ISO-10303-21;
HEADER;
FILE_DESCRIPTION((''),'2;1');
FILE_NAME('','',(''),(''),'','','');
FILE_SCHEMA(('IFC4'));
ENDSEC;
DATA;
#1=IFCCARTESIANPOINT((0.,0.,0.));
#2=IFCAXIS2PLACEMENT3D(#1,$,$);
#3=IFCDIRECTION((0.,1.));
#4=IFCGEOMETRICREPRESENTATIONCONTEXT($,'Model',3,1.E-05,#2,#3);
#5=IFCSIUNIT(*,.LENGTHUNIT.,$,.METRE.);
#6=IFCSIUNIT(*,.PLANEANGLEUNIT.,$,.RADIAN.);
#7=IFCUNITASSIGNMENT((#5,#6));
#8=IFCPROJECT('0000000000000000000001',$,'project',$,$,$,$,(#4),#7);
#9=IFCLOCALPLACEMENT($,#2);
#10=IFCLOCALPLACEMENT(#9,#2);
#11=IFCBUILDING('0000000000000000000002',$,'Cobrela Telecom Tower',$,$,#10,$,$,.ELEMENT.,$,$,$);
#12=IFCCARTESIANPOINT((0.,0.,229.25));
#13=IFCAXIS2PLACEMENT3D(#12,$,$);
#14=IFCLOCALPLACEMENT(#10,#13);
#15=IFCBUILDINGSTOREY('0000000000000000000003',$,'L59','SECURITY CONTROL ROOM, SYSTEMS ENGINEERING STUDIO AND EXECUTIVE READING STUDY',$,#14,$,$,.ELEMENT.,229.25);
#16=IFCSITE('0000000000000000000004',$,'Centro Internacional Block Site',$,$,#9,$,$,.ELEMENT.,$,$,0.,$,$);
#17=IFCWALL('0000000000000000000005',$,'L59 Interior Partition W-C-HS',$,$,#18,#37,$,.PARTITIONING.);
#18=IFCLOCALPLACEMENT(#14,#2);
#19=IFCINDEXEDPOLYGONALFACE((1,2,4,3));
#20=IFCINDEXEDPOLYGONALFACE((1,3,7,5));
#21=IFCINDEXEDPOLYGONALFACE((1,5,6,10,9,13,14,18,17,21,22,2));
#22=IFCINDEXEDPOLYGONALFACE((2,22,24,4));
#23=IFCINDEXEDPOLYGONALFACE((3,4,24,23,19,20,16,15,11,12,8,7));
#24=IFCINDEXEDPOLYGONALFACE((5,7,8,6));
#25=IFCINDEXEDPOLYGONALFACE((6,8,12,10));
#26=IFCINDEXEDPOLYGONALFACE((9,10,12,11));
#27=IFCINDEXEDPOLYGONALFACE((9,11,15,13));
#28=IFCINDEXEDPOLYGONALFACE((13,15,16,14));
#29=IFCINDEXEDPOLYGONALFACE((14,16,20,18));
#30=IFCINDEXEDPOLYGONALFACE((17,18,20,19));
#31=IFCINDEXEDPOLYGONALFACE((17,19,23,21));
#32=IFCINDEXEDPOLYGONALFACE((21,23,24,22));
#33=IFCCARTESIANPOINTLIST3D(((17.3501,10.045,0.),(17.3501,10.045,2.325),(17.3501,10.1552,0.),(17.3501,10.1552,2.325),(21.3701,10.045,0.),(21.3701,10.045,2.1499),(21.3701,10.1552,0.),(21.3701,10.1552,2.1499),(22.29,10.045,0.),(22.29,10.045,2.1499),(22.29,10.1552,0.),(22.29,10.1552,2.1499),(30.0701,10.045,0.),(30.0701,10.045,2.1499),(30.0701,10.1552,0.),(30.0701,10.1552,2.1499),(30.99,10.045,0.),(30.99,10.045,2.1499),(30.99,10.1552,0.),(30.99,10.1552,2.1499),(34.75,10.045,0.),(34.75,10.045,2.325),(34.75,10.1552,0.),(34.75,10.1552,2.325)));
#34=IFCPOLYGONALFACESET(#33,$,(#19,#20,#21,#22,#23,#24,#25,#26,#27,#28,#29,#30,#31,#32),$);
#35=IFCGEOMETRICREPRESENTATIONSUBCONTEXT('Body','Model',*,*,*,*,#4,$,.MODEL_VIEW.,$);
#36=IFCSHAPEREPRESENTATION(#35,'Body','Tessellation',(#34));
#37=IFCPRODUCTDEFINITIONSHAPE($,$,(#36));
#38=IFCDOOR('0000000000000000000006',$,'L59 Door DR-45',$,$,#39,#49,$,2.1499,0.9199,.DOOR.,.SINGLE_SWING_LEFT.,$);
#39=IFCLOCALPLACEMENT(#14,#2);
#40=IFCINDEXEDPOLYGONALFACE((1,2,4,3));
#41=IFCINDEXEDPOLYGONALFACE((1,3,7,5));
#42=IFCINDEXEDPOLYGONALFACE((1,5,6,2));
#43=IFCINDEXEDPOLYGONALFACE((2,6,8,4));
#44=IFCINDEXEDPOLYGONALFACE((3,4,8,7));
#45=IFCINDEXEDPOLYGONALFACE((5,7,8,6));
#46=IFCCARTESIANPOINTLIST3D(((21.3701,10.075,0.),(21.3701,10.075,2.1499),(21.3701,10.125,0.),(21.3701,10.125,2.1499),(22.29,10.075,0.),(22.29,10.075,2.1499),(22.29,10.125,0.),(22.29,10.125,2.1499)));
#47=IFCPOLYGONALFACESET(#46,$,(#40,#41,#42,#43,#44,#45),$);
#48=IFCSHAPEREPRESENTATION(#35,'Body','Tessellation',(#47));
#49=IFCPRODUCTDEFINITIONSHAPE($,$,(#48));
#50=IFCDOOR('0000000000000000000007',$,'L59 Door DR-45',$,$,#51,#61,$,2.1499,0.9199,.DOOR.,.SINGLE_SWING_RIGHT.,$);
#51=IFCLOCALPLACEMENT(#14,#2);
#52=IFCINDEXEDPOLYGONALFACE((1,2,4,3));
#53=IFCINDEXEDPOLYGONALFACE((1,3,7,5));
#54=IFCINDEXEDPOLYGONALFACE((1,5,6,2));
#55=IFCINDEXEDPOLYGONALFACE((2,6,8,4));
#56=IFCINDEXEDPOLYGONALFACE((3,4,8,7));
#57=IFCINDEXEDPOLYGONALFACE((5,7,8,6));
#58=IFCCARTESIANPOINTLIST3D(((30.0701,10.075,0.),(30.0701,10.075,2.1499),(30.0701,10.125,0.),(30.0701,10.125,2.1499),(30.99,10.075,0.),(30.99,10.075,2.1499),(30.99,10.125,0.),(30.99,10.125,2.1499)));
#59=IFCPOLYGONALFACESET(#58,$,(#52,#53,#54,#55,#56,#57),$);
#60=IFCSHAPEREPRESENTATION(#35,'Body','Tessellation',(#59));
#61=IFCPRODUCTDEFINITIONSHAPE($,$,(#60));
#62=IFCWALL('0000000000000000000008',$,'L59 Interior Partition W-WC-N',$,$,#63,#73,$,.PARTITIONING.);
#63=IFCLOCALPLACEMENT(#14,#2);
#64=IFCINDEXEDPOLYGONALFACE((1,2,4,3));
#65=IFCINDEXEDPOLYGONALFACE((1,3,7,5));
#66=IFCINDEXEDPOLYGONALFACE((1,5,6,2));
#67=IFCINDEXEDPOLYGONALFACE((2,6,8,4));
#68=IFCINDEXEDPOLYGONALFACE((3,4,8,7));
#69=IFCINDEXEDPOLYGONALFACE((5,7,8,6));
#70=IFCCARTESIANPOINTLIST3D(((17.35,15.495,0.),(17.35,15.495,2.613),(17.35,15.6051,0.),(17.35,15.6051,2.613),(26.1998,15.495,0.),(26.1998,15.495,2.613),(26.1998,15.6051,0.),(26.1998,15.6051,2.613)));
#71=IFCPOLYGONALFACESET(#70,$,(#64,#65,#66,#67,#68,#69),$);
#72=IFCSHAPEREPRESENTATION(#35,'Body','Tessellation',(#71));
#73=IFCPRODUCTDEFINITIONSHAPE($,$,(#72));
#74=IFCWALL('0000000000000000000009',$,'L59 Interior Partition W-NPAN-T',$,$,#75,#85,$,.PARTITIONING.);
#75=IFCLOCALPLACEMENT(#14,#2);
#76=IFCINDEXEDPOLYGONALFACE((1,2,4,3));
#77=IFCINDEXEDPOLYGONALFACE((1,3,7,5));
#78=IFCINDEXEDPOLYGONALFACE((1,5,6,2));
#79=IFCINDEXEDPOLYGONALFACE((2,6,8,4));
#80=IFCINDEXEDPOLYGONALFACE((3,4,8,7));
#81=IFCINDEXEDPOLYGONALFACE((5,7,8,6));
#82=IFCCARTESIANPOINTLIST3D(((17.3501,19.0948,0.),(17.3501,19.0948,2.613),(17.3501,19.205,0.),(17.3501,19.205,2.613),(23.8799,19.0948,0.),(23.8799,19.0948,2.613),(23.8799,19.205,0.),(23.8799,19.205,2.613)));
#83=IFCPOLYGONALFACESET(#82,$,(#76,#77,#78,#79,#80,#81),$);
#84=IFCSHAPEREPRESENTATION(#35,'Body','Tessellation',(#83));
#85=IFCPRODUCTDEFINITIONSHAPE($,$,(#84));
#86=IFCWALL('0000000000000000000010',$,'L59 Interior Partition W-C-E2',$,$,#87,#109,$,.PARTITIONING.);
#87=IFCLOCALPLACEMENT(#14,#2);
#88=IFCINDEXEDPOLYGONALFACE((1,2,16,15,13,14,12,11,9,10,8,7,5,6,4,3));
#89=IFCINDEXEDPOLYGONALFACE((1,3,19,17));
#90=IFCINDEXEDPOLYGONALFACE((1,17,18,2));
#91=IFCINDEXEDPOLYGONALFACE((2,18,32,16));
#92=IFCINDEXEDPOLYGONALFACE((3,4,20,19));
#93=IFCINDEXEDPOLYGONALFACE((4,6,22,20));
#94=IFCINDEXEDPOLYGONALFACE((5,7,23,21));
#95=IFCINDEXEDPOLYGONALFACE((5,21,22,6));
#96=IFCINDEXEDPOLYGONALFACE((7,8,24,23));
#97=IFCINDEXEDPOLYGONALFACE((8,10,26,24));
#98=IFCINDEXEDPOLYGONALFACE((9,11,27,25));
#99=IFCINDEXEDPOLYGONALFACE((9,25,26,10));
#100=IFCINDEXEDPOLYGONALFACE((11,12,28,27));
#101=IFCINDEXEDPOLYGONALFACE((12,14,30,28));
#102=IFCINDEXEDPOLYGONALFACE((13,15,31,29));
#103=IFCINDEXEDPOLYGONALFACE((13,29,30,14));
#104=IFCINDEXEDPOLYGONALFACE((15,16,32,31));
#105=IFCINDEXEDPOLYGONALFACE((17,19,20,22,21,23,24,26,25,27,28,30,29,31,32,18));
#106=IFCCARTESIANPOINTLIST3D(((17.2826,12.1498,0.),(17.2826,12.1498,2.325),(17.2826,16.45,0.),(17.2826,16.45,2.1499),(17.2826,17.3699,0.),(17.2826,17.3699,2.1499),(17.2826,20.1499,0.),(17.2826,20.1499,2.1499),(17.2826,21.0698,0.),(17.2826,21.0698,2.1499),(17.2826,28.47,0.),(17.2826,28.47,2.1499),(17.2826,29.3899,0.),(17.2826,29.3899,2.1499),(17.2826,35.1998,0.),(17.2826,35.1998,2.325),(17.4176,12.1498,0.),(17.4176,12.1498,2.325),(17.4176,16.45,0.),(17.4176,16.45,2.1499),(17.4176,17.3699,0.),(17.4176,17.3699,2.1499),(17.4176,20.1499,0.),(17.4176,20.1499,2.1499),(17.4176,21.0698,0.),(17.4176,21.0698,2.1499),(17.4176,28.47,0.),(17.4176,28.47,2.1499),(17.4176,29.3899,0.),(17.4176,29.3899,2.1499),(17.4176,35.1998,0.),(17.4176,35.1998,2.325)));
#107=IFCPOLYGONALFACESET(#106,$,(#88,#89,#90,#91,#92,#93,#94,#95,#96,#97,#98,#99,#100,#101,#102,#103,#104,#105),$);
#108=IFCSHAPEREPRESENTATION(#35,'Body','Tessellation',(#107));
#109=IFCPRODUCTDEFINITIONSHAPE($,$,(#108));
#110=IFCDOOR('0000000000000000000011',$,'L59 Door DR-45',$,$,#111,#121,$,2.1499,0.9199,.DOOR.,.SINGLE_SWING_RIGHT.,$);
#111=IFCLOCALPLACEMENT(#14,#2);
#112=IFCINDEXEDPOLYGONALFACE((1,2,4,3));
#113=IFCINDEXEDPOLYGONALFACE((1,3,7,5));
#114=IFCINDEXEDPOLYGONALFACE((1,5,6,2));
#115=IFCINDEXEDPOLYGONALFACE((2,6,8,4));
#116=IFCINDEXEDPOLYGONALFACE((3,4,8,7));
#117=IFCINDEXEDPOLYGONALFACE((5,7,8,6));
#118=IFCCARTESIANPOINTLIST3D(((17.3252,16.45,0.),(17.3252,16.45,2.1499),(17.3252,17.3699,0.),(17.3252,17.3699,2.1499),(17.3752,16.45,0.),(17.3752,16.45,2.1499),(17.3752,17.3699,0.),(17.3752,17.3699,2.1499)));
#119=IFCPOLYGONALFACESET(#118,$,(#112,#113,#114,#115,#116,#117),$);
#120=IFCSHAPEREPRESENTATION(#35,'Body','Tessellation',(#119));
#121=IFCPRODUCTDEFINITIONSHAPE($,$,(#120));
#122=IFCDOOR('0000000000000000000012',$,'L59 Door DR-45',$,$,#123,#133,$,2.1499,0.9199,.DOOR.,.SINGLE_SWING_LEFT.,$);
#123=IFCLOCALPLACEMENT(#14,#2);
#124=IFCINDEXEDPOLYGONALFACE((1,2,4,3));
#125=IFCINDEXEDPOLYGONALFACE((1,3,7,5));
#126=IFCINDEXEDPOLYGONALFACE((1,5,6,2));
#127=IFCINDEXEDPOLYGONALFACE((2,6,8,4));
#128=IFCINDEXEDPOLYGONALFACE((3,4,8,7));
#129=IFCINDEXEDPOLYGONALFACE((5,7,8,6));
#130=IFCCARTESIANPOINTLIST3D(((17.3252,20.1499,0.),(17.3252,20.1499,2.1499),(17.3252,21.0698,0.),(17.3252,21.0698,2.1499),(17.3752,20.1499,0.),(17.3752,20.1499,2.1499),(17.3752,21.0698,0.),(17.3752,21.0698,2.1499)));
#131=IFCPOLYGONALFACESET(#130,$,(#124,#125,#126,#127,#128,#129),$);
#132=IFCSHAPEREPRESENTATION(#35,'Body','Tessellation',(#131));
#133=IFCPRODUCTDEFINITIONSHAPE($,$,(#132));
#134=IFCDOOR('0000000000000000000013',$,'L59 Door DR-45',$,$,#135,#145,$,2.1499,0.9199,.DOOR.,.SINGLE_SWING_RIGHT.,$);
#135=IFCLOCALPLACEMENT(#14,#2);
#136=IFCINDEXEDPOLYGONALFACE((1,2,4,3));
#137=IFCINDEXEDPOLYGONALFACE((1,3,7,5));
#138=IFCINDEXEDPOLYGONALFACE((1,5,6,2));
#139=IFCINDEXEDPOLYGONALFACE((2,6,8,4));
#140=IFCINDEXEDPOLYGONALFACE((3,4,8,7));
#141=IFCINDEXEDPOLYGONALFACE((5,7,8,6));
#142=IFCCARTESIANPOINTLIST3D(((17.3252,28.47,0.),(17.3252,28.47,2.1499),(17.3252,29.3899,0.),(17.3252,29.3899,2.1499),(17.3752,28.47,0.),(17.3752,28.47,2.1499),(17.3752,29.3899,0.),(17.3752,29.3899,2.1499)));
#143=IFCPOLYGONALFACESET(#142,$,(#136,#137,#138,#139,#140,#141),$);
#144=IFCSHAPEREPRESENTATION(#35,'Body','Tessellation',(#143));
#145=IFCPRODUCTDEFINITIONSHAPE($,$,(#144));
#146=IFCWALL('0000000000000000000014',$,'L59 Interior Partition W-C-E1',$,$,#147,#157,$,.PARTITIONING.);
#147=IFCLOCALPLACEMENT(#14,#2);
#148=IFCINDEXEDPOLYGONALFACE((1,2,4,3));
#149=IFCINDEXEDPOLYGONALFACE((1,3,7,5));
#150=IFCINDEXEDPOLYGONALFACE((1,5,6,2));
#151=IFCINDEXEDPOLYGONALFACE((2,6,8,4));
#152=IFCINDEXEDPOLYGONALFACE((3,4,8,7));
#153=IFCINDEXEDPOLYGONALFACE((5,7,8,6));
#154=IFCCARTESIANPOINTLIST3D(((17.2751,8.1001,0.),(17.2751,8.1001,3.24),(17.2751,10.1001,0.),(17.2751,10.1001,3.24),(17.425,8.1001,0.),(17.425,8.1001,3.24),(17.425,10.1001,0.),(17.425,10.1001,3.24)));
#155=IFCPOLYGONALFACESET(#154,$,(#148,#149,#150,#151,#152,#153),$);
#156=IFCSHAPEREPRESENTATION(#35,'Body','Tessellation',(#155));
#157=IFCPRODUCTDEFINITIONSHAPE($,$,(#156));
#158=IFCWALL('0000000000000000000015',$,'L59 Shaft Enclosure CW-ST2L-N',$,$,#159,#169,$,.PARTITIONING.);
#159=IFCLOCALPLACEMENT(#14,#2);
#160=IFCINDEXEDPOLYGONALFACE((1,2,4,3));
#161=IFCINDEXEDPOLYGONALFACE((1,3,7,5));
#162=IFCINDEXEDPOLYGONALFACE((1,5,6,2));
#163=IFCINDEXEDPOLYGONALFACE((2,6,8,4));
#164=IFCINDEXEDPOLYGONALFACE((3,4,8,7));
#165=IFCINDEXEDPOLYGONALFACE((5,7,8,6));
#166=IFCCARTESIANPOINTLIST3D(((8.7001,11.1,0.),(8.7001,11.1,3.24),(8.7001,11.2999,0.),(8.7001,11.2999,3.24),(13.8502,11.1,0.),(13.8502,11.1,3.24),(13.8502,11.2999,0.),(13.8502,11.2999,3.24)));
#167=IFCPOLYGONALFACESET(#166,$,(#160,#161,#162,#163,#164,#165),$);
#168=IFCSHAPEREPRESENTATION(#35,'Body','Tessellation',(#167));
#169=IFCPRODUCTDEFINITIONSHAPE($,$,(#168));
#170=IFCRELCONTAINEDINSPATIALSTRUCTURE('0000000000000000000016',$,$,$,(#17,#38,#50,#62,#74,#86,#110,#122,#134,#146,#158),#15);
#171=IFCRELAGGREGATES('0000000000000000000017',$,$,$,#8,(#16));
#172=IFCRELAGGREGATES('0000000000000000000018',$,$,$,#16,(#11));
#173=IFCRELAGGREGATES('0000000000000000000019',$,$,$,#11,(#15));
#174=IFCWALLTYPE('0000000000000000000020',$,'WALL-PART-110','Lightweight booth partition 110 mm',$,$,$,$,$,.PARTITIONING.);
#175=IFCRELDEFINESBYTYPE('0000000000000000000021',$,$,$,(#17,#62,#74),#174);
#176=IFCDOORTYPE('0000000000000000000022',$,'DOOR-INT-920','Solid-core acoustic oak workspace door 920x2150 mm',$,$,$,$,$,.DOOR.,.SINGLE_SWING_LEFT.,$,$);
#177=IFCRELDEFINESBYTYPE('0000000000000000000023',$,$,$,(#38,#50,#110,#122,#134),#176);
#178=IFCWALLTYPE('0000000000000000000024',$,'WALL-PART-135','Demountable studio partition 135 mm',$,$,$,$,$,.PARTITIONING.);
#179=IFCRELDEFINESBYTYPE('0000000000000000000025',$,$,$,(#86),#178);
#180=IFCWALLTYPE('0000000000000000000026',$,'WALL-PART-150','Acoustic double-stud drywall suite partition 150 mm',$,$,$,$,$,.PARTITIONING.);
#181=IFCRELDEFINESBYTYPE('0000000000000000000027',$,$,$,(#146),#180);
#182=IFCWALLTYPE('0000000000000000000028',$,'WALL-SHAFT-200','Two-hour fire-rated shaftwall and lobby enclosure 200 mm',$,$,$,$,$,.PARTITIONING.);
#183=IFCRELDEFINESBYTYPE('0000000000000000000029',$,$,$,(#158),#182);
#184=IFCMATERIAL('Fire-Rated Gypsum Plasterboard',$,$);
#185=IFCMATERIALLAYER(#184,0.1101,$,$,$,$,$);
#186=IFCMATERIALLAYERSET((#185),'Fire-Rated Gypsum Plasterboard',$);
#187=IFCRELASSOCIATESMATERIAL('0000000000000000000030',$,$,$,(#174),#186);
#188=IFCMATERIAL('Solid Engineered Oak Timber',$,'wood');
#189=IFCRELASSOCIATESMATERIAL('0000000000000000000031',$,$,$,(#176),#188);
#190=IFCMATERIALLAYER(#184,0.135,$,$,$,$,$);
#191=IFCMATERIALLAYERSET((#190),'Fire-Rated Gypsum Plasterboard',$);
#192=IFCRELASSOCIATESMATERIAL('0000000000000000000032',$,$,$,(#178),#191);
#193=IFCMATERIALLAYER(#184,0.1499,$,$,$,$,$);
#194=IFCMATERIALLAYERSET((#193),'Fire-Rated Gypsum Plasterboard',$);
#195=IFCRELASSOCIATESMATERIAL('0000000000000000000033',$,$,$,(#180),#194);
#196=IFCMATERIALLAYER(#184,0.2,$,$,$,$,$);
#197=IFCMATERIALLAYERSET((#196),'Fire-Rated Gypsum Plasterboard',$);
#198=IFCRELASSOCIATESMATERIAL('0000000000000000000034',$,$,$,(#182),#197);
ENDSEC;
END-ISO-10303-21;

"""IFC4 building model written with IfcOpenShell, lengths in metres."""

from ifc_helpers import new_model, si_unit, direction, frame, frame_2d, origin, place, context, subcontext, project, spatial, rectangle, extrude, material, layer, layer_set, type_object, element, fill, save


model = new_model("IFC4")

# Units and contexts
model_context = context("Model", 3, precision=1e-05, world=origin(), true_north=direction((0.0, 1.0)))
body_context = subcontext(model_context, "Body", "Model", "MODEL_VIEW")
ifc_project = project(units=[si_unit("LENGTHUNIT", "METRE"), si_unit("PLANEANGLEUNIT", "RADIAN")], contexts=[model_context])

# Site, building, storey
site_placement = place(None, origin())
site = spatial("IfcSite", under=ifc_project, at=site_placement, Name="Centro Internacional Block Site", CompositionType="ELEMENT", RefElevation=0.0)
building_placement = place(site_placement, origin())
building = spatial("IfcBuilding", under=site, at=building_placement, Name="Cobrela Telecom Tower", CompositionType="ELEMENT")
storey_placement = place(building_placement, frame((0.0, 0.0, 229.25)))
storey = spatial("IfcBuildingStorey", under=building, at=storey_placement, Name="L59", Description="SECURITY CONTROL ROOM, SYSTEMS ENGINEERING STUDIO AND EXECUTIVE READING STUDY", CompositionType="ELEMENT", Elevation=229.25)

# Wall, openings, doors
ifc_material_1 = material(Name="Fire-Rated Gypsum Plasterboard")
ifc_layer_1 = layer(ifc_material_1, 0.1101)
ifc_layer_set_1 = layer_set([ifc_layer_1], Name="Fire-Rated Gypsum Plasterboard")
wall_type_1 = type_object("IfcWallType", Name="WALL-PART-110", Description="Lightweight booth partition 110 mm", PredefinedType="PARTITIONING", material=ifc_layer_set_1)
wall_1_placement = place(storey_placement, frame((17.3501, 10.1001, 0.0), z_axis=(0.0, 0.0, 1.0), x_axis=(1.0, 0.0, 0.0)))
wall_1 = element("IfcWall", 1, at=wall_1_placement, inside=storey, type_object=wall_type_1, Name="L59 Interior Partition W-C-HS", PredefinedType="PARTITIONING", context=body_context, shape_type="SweptSolid", body=[
    extrude(rectangle(XDim=17.3999, YDim=0.1101, at=frame_2d((8.7, 0.0))), origin(), (0.0, 0.0, 1.0), 2.325),
])
opening_1_placement = place(wall_1_placement, frame((4.02, 0.0, 0.0)))
opening_1 = element("IfcOpeningElement", 2, at=opening_1_placement, cuts=wall_1, PredefinedType="OPENING", context=body_context, shape_type="SweptSolid", body=[
    extrude(rectangle(XDim=0.9199, YDim=2.1499, at=frame_2d((0.46, 1.075))), frame((0.0, 0.0669, 0.0), z_axis=(0.0, -1.0, 0.0), x_axis=(1.0, 0.0, 0.0)), (0.0, 0.0, 1.0), 0.134),
])
opening_2_placement = place(wall_1_placement, frame((12.72, 0.0, 0.0)))
opening_2 = element("IfcOpeningElement", 3, at=opening_2_placement, cuts=wall_1, PredefinedType="OPENING", context=body_context, shape_type="SweptSolid", body=[
    extrude(rectangle(XDim=0.9199, YDim=2.1499, at=frame_2d((0.46, 1.075))), frame((0.0, 0.0669, 0.0), z_axis=(0.0, -1.0, 0.0), x_axis=(1.0, 0.0, 0.0)), (0.0, 0.0, 1.0), 0.134),
])
ifc_material_2 = material(Name="Solid Engineered Oak Timber", Category="wood")
door_type_1 = type_object("IfcDoorType", Name="DOOR-INT-920", Description="Solid-core acoustic oak workspace door 920x2150 mm", OperationType="SINGLE_SWING_LEFT", PredefinedType="DOOR", material=ifc_material_2)
door_1_placement = place(opening_1_placement, origin())
door_1 = element("IfcDoor", 4, at=door_1_placement, inside=storey, type_object=door_type_1, Name="L59 Door DR-45", OperationType="SINGLE_SWING_LEFT", OverallHeight=2.1499, OverallWidth=0.9199, PredefinedType="DOOR", context=body_context, shape_type="SweptSolid", body=[
    extrude(rectangle(XDim=0.9199, YDim=2.1499, at=frame_2d((0.46, 1.075))), frame((0.0, 0.0249, 0.0), z_axis=(0.0, -1.0, 0.0), x_axis=(1.0, 0.0, 0.0)), (0.0, 0.0, 1.0), 0.05),
])
fill(opening_1, door_1)
door_2_placement = place(opening_2_placement, origin())
door_2 = element("IfcDoor", 5, at=door_2_placement, inside=storey, type_object=door_type_1, Name="L59 Door DR-45", OperationType="SINGLE_SWING_RIGHT", OverallHeight=2.1499, OverallWidth=0.9199, PredefinedType="DOOR", context=body_context, shape_type="SweptSolid", body=[
    extrude(rectangle(XDim=0.9199, YDim=2.1499, at=frame_2d((0.46, 1.075))), frame((0.0, 0.0249, 0.0), z_axis=(0.0, -1.0, 0.0), x_axis=(1.0, 0.0, 0.0)), (0.0, 0.0, 1.0), 0.05),
])
fill(opening_2, door_2)

# Walls
wall_2_placement = place(storey_placement, frame((17.3501, 15.55, 0.0), z_axis=(0.0, 0.0, 1.0), x_axis=(1.0, 0.0, 0.0)))
element("IfcWall", 6, at=wall_2_placement, inside=storey, type_object=wall_type_1, Name="L59 Interior Partition W-WC-N", PredefinedType="PARTITIONING", context=body_context, shape_type="SweptSolid", body=[
    extrude(rectangle(XDim=8.8499, YDim=0.1101, at=frame_2d((4.4248, 0.0))), origin(), (0.0, 0.0, 1.0), 2.613),
])
wall_3_placement = place(storey_placement, frame((17.3501, 19.1499, 0.0), z_axis=(0.0, 0.0, 1.0), x_axis=(1.0, 0.0, 0.0)))
element("IfcWall", 7, at=wall_3_placement, inside=storey, type_object=wall_type_1, Name="L59 Interior Partition W-NPAN-T", PredefinedType="PARTITIONING", context=body_context, shape_type="SweptSolid", body=[
    extrude(rectangle(XDim=6.5298, YDim=0.1101, at=frame_2d((3.2649, 0.0))), origin(), (0.0, 0.0, 1.0), 2.613),
])

# Wall, openings, doors
ifc_layer_2 = layer(ifc_material_1, 0.135)
ifc_layer_set_2 = layer_set([ifc_layer_2], Name="Fire-Rated Gypsum Plasterboard")
wall_type_2 = type_object("IfcWallType", Name="WALL-PART-135", Description="Demountable studio partition 135 mm", PredefinedType="PARTITIONING", material=ifc_layer_set_2)
wall_4_placement = place(storey_placement, frame((17.3501, 12.1499, 0.0), z_axis=(0.0, 0.0, 1.0), x_axis=(0.0, 1.0, 0.0)))
wall_4 = element("IfcWall", 8, at=wall_4_placement, inside=storey, type_object=wall_type_2, Name="L59 Interior Partition W-C-E2", PredefinedType="PARTITIONING", context=body_context, shape_type="SweptSolid", body=[
    extrude(rectangle(XDim=23.05, YDim=0.135, at=frame_2d((11.5249, 0.0))), origin(), (0.0, 0.0, 1.0), 2.325),
])
opening_3_placement = place(wall_4_placement, frame((4.3, 0.0, 0.0)))
opening_3 = element("IfcOpeningElement", 9, at=opening_3_placement, cuts=wall_4, PredefinedType="OPENING", context=body_context, shape_type="SweptSolid", body=[
    extrude(rectangle(XDim=0.9199, YDim=2.1499, at=frame_2d((0.46, 1.075))), frame((0.0, 0.0796, 0.0), z_axis=(0.0, -1.0, 0.0), x_axis=(1.0, 0.0, 0.0)), (0.0, 0.0, 1.0), 0.1589),
])
opening_4_placement = place(wall_4_placement, frame((8.0, 0.0, 0.0)))
opening_4 = element("IfcOpeningElement", 10, at=opening_4_placement, cuts=wall_4, PredefinedType="OPENING", context=body_context, shape_type="SweptSolid", body=[
    extrude(rectangle(XDim=0.9199, YDim=2.1499, at=frame_2d((0.46, 1.075))), frame((0.0, 0.0796, 0.0), z_axis=(0.0, -1.0, 0.0), x_axis=(1.0, 0.0, 0.0)), (0.0, 0.0, 1.0), 0.1589),
])
opening_5_placement = place(wall_4_placement, frame((16.3201, 0.0, 0.0)))
opening_5 = element("IfcOpeningElement", 11, at=opening_5_placement, cuts=wall_4, PredefinedType="OPENING", context=body_context, shape_type="SweptSolid", body=[
    extrude(rectangle(XDim=0.9199, YDim=2.1499, at=frame_2d((0.46, 1.075))), frame((0.0, 0.0796, 0.0), z_axis=(0.0, -1.0, 0.0), x_axis=(1.0, 0.0, 0.0)), (0.0, 0.0, 1.0), 0.1589),
])
door_3_placement = place(opening_3_placement, origin())
door_3 = element("IfcDoor", 12, at=door_3_placement, inside=storey, type_object=door_type_1, Name="L59 Door DR-45", OperationType="SINGLE_SWING_RIGHT", OverallHeight=2.1499, OverallWidth=0.9199, PredefinedType="DOOR", context=body_context, shape_type="SweptSolid", body=[
    extrude(rectangle(XDim=0.9199, YDim=2.1499, at=frame_2d((0.46, 1.075))), frame((0.0, 0.0249, 0.0), z_axis=(0.0, -1.0, 0.0), x_axis=(1.0, 0.0, 0.0)), (0.0, 0.0, 1.0), 0.05),
])
fill(opening_3, door_3)
door_4_placement = place(opening_4_placement, origin())
door_4 = element("IfcDoor", 13, at=door_4_placement, inside=storey, type_object=door_type_1, Name="L59 Door DR-45", OperationType="SINGLE_SWING_LEFT", OverallHeight=2.1499, OverallWidth=0.9199, PredefinedType="DOOR", context=body_context, shape_type="SweptSolid", body=[
    extrude(rectangle(XDim=0.9199, YDim=2.1499, at=frame_2d((0.46, 1.075))), frame((0.0, 0.0249, 0.0), z_axis=(0.0, -1.0, 0.0), x_axis=(1.0, 0.0, 0.0)), (0.0, 0.0, 1.0), 0.05),
])
fill(opening_4, door_4)
door_5_placement = place(opening_5_placement, origin())
door_5 = element("IfcDoor", 14, at=door_5_placement, inside=storey, type_object=door_type_1, Name="L59 Door DR-45", OperationType="SINGLE_SWING_RIGHT", OverallHeight=2.1499, OverallWidth=0.9199, PredefinedType="DOOR", context=body_context, shape_type="SweptSolid", body=[
    extrude(rectangle(XDim=0.9199, YDim=2.1499, at=frame_2d((0.46, 1.075))), frame((0.0, 0.0249, 0.0), z_axis=(0.0, -1.0, 0.0), x_axis=(1.0, 0.0, 0.0)), (0.0, 0.0, 1.0), 0.05),
])
fill(opening_5, door_5)

# Wall
ifc_layer_3 = layer(ifc_material_1, 0.1499)
ifc_layer_set_3 = layer_set([ifc_layer_3], Name="Fire-Rated Gypsum Plasterboard")
wall_type_3 = type_object("IfcWallType", Name="WALL-PART-150", Description="Acoustic double-stud drywall suite partition 150 mm", PredefinedType="PARTITIONING", material=ifc_layer_set_3)
wall_5_placement = place(storey_placement, frame((17.3501, 8.1001, 0.0), z_axis=(0.0, 0.0, 1.0), x_axis=(0.0, 1.0, 0.0)))
element("IfcWall", 15, at=wall_5_placement, inside=storey, type_object=wall_type_3, Name="L59 Interior Partition W-C-E1", PredefinedType="PARTITIONING", context=body_context, shape_type="SweptSolid", body=[
    extrude(rectangle(XDim=2.0, YDim=0.1499, at=frame_2d((1.0, 0.0))), origin(), (0.0, 0.0, 1.0), 3.24),
])

# Wall
ifc_layer_4 = layer(ifc_material_1, 0.2)
ifc_layer_set_4 = layer_set([ifc_layer_4], Name="Fire-Rated Gypsum Plasterboard")
wall_type_4 = type_object("IfcWallType", Name="WALL-SHAFT-200", Description="Two-hour fire-rated shaftwall and lobby enclosure 200 mm", PredefinedType="PARTITIONING", material=ifc_layer_set_4)
wall_6_placement = place(storey_placement, frame((8.7, 11.2, 0.0), z_axis=(0.0, 0.0, 1.0), x_axis=(1.0, 0.0, 0.0)))
element("IfcWall", 16, at=wall_6_placement, inside=storey, type_object=wall_type_4, Name="L59 Shaft Enclosure CW-ST2L-N", PredefinedType="PARTITIONING", context=body_context, shape_type="SweptSolid", body=[
    extrude(rectangle(XDim=5.1501, YDim=0.2, at=frame_2d((2.5752, 0.0))), origin(), (0.0, 0.0, 1.0), 3.24),
])

save(model, "model.ifc")
